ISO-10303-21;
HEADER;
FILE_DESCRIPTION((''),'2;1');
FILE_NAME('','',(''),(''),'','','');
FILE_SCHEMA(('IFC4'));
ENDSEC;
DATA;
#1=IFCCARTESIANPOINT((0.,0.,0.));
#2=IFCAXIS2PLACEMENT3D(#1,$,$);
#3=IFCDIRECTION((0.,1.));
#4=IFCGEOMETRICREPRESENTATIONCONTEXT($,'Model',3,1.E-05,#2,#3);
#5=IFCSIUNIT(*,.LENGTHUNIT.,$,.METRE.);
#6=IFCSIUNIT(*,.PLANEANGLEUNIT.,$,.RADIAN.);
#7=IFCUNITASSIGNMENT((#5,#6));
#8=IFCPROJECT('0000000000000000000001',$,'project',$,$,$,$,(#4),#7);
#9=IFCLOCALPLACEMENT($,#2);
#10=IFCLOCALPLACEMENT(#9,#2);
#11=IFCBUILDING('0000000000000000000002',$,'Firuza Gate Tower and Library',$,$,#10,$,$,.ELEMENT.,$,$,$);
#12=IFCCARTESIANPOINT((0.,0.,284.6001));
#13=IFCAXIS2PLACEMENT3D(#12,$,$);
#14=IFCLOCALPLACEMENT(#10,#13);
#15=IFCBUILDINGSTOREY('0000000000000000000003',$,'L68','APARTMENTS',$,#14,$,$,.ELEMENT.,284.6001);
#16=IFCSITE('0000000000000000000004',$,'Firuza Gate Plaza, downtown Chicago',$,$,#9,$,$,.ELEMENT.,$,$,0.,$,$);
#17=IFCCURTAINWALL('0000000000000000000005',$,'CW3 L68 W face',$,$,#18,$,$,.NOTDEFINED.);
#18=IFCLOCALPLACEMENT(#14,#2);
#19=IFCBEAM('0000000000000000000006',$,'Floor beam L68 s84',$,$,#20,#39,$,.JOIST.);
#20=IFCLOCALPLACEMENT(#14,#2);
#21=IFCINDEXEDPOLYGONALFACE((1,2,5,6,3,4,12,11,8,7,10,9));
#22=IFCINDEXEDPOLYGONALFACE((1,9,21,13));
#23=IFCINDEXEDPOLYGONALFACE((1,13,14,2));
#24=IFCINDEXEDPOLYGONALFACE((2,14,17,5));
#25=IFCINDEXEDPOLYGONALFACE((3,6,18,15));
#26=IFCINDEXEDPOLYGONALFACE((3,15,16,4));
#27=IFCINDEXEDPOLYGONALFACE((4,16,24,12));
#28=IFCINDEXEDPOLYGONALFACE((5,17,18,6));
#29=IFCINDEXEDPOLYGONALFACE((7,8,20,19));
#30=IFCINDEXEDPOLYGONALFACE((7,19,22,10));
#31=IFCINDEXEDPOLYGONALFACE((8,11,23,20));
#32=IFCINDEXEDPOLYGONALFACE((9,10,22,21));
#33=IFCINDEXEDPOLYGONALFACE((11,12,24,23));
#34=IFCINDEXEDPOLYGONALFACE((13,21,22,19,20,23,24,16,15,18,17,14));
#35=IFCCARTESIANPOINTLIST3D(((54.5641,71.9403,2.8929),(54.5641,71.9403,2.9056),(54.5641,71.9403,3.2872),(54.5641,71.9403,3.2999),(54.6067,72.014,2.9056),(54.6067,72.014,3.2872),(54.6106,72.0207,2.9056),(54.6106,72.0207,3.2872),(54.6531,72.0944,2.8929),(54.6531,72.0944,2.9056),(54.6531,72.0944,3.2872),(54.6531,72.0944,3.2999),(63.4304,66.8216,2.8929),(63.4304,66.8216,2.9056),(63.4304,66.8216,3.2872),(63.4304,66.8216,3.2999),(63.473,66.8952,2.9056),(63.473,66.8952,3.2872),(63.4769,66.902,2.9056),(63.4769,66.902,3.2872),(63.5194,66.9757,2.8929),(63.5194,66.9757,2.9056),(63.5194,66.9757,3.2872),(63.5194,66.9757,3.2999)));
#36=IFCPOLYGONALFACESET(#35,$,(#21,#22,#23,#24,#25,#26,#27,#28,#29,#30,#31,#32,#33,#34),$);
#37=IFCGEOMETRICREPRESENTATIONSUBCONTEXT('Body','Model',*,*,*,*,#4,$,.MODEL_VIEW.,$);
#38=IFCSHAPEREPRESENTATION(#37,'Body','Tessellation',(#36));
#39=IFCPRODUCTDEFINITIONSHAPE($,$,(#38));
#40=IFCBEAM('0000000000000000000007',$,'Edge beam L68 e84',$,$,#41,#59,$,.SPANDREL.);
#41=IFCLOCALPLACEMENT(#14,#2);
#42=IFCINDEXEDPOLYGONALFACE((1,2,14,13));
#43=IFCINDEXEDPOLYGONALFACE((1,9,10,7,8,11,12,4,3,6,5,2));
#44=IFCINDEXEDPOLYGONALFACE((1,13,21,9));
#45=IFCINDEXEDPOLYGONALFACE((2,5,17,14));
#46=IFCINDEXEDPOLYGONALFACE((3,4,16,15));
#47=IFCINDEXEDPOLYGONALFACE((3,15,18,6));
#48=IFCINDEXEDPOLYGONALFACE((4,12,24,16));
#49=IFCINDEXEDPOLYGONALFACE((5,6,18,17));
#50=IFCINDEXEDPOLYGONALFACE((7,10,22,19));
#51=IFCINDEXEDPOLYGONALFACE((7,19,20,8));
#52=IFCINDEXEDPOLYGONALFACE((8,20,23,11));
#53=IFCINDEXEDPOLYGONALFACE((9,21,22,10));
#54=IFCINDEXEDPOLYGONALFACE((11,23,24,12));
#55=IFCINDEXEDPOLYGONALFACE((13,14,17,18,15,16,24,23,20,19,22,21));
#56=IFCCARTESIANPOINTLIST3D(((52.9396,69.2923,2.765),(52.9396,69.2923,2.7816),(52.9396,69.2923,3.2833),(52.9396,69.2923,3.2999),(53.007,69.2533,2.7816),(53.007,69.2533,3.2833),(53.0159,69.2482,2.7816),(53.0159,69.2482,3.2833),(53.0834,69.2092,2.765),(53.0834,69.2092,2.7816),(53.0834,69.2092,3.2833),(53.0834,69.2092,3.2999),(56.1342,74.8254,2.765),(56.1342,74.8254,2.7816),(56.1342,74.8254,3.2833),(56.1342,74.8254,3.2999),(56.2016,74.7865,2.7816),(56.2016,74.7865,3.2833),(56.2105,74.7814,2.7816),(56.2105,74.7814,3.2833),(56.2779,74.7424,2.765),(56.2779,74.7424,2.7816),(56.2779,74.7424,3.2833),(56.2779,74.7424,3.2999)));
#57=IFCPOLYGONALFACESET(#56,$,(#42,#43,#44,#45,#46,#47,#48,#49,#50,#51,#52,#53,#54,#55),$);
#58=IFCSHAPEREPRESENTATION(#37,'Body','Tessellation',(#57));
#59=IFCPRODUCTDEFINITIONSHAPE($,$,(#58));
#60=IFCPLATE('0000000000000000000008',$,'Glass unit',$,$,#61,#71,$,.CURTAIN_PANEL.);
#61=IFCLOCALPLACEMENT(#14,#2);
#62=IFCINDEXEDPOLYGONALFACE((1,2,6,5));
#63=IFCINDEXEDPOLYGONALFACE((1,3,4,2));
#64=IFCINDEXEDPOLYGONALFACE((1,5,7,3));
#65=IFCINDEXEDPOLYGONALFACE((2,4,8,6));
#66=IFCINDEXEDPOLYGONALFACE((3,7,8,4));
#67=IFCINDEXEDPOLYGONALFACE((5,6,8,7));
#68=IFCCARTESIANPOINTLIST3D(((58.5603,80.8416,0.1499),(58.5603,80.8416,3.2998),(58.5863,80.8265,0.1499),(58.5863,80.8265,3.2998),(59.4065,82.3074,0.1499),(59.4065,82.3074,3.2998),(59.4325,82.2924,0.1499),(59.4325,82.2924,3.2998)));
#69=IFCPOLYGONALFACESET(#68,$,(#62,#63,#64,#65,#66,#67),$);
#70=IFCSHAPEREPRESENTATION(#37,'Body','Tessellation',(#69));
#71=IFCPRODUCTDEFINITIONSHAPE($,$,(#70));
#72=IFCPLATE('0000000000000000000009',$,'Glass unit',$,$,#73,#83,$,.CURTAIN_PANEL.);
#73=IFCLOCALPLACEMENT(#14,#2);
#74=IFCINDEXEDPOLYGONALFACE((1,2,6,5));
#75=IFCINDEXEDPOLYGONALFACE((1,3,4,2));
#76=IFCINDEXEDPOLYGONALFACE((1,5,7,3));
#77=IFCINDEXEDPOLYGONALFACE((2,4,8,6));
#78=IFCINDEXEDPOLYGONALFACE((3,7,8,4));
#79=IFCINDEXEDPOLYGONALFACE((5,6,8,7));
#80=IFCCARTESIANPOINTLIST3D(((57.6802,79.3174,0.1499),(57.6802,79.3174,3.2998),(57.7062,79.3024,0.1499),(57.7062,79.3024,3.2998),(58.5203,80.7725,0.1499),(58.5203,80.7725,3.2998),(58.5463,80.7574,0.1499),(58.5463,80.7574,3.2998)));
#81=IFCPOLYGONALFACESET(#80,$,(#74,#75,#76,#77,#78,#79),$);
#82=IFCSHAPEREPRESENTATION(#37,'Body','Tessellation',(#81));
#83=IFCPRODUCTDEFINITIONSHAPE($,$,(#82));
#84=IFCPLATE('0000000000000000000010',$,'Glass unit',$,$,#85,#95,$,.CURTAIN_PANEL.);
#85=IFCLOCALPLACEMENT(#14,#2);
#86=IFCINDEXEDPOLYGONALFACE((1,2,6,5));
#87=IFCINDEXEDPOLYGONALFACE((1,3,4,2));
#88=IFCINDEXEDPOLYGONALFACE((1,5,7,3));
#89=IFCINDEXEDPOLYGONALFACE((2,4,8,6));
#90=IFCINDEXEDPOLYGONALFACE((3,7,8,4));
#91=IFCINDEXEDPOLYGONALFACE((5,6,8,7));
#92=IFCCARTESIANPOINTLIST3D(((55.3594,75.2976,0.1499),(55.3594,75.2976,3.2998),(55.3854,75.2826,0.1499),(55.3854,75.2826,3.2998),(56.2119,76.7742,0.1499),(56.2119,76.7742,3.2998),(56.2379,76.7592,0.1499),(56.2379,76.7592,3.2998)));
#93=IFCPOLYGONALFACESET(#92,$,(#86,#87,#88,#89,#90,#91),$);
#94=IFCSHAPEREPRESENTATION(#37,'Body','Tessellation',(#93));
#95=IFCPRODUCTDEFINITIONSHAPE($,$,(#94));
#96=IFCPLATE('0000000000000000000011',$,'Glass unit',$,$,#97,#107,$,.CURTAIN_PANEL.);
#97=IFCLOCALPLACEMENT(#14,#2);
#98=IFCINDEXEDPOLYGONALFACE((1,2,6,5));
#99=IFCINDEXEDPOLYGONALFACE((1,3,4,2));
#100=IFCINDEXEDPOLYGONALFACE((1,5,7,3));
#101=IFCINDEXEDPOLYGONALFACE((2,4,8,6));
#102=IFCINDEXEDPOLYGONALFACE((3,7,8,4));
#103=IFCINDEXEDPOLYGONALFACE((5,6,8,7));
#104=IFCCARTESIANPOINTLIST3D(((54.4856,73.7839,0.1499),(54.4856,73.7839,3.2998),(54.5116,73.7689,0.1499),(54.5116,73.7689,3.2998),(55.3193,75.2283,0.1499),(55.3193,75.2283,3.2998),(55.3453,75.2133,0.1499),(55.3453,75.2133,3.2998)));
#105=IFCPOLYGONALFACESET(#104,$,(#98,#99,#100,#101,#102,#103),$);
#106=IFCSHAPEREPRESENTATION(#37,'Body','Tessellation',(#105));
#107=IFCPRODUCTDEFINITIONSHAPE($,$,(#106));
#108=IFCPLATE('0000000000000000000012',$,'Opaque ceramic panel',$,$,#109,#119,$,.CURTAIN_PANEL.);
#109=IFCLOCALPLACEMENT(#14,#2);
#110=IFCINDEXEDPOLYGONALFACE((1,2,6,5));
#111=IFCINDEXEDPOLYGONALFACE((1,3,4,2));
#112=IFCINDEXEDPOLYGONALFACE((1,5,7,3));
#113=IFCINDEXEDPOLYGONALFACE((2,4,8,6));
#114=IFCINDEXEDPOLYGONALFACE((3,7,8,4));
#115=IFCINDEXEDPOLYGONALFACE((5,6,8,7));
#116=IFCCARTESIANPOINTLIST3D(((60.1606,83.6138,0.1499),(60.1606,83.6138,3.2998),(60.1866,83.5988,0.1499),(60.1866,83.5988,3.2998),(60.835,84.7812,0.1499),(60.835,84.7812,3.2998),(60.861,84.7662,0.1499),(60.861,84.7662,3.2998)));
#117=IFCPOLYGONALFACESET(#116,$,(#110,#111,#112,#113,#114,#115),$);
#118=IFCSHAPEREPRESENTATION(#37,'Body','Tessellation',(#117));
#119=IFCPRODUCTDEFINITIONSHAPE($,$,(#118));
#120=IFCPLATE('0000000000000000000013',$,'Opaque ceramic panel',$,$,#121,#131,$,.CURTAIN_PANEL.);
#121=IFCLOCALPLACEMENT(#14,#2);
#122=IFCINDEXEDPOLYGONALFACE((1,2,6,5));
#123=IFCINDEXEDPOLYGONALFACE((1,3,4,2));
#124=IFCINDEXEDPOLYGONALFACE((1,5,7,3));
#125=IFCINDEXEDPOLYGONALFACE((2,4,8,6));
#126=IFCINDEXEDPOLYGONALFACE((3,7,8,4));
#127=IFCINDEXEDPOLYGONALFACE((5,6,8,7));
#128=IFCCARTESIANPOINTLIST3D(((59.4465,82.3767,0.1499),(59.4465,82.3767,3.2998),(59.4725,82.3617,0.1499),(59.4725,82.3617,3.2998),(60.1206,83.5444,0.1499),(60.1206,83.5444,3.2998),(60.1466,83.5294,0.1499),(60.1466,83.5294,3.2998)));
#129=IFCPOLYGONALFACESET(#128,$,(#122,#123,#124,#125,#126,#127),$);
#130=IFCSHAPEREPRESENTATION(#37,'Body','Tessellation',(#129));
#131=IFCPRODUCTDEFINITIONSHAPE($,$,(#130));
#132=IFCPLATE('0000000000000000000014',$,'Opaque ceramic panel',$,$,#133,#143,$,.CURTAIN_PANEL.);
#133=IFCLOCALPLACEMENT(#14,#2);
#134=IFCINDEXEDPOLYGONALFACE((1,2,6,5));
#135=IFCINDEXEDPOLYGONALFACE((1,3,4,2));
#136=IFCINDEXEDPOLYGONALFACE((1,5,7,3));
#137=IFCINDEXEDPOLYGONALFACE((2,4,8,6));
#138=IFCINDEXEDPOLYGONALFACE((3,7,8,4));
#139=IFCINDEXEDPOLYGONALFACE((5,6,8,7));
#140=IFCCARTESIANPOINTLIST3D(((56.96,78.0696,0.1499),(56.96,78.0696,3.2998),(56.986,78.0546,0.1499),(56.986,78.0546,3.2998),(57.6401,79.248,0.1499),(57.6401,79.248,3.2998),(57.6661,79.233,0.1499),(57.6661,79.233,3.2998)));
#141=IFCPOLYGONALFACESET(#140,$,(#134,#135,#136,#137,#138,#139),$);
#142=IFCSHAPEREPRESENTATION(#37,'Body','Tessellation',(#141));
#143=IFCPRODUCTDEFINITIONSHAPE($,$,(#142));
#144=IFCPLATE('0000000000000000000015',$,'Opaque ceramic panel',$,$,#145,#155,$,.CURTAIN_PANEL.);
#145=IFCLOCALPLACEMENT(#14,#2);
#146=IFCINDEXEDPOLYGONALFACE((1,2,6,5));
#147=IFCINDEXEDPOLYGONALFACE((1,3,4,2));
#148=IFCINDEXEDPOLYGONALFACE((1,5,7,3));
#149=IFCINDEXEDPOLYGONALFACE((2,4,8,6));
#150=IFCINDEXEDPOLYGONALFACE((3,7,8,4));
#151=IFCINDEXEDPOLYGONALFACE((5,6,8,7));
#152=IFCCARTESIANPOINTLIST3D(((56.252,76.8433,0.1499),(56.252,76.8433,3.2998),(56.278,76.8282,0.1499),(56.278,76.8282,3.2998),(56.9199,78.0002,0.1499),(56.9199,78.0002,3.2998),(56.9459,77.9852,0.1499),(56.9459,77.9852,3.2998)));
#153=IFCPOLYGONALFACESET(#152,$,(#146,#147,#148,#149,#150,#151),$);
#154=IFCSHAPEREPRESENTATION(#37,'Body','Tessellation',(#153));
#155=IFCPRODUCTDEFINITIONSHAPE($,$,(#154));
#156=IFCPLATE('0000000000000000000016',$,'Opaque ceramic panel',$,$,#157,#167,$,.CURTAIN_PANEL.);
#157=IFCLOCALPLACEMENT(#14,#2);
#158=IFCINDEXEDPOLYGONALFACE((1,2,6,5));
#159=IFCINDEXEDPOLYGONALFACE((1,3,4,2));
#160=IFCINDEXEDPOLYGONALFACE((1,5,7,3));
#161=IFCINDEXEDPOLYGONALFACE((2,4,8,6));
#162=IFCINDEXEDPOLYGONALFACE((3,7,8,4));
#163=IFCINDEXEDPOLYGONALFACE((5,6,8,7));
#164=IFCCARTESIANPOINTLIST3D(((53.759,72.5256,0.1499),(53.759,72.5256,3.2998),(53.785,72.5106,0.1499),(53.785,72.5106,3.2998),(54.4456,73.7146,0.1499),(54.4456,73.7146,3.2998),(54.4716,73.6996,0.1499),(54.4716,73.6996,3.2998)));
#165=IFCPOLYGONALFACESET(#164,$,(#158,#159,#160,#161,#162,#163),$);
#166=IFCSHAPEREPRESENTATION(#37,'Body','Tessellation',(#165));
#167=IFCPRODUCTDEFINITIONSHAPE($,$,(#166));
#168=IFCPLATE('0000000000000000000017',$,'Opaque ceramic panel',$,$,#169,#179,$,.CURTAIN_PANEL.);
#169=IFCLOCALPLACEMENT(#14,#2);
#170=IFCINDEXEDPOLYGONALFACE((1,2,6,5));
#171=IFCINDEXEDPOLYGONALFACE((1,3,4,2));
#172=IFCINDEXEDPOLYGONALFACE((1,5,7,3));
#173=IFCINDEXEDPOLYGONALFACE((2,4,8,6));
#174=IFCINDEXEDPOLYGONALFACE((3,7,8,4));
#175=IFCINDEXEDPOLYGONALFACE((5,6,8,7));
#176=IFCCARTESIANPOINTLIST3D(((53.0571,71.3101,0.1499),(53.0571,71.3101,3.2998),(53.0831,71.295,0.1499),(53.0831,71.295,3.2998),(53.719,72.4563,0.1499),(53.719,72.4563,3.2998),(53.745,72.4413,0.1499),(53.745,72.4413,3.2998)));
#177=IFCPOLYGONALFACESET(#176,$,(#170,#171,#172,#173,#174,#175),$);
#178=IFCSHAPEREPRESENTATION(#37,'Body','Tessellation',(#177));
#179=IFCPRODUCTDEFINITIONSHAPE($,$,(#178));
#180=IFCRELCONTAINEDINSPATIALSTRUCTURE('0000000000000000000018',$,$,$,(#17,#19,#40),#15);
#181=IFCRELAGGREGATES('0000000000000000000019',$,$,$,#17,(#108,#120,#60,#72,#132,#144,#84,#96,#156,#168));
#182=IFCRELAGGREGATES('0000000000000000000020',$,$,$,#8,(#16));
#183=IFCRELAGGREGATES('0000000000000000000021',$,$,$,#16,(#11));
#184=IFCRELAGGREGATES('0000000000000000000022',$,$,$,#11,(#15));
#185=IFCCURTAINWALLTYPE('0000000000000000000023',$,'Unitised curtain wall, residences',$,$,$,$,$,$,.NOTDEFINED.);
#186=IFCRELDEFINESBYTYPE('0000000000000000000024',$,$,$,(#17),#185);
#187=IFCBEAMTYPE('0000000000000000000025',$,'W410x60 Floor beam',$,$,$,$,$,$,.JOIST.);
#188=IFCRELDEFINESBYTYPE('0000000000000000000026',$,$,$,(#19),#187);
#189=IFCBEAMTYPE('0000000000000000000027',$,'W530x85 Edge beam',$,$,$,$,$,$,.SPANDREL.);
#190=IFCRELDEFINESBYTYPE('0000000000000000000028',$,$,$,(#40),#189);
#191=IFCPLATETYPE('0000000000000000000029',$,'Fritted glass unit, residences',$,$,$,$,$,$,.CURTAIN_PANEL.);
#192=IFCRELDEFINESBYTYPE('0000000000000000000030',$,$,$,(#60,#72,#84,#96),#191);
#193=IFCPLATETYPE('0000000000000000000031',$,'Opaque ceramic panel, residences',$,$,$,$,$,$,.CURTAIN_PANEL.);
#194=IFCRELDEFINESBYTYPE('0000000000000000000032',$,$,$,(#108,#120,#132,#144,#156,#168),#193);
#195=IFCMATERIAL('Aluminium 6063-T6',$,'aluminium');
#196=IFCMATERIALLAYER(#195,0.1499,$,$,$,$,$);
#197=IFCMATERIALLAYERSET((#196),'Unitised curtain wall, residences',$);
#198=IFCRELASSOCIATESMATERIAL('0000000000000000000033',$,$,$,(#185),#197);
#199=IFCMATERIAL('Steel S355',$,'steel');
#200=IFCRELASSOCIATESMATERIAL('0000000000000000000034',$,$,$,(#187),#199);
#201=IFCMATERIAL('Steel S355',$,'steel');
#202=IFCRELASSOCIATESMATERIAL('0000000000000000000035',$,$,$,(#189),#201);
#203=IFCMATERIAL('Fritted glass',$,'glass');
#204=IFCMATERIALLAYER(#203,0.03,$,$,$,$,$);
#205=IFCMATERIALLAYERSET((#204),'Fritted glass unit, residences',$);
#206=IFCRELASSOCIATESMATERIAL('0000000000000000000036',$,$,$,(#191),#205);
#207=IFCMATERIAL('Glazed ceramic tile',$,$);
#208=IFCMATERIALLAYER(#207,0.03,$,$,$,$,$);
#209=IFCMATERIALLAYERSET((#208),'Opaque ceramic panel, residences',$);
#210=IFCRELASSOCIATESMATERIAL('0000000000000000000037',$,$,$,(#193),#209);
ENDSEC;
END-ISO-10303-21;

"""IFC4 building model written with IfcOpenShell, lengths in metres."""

from ifc_helpers import new_model, si_unit, direction, frame, origin, origin_2d, place, context, subcontext, project, spatial, polyline, i_section, outline, extrude, material, layer, layer_set, material_profile, profile_set, type_object, element, aggregate, save


model = new_model("IFC4")

# Units and contexts
model_context = context("Model", 3, precision=1e-05, world=origin(), true_north=direction((0.0, 1.0)))
body_context = subcontext(model_context, "Body", "Model", "MODEL_VIEW")
ifc_project = project(units=[si_unit("LENGTHUNIT", "METRE"), si_unit("PLANEANGLEUNIT", "RADIAN")], contexts=[model_context])

# Site, building, storey
site_placement = place(None, origin())
site = spatial("IfcSite", under=ifc_project, at=site_placement, Name="Firuza Gate Plaza, downtown Chicago", CompositionType="ELEMENT", RefElevation=0.0)
building_placement = place(site_placement, origin())
building = spatial("IfcBuilding", under=site, at=building_placement, Name="Firuza Gate Tower and Library", CompositionType="ELEMENT")
storey_placement = place(building_placement, frame((0.0, 0.0, 284.6001)))
storey = spatial("IfcBuildingStorey", under=building, at=storey_placement, Name="L68", Description="APARTMENTS", CompositionType="ELEMENT", Elevation=284.6001)

# Curtain wall
ifc_material_1 = material(Name="Aluminium 6063-T6", Category="aluminium")
ifc_layer_1 = layer(ifc_material_1, 0.1499)
ifc_layer_set_1 = layer_set([ifc_layer_1], Name="Unitised curtain wall, residences")
curtain_wall_type = type_object("IfcCurtainWallType", Name="Unitised curtain wall, residences", PredefinedType="NOTDEFINED", material=ifc_layer_set_1)
curtain_wall_placement = place(storey_placement, origin())
curtain_wall = element("IfcCurtainWall", 1, at=curtain_wall_placement, inside=storey, type_object=curtain_wall_type, Name="CW3 L68 W face", PredefinedType="NOTDEFINED")

# Beams
ifc_material_2 = material(Name="Steel S355", Category="steel")
ifc_material_profile_1 = material_profile(ifc_material_2, i_section(OverallWidth=0.178, OverallDepth=0.407, WebThickness=0.0078, FlangeThickness=0.0127, at=origin_2d()))
ifc_profile_set_1 = profile_set([ifc_material_profile_1], Name="Steel S355")
beam_type_1 = type_object("IfcBeamType", Name="W410x60 Floor beam", PredefinedType="JOIST", material=ifc_profile_set_1)
beam_1_placement = place(storey_placement, frame((54.6086, 72.0173, 3.0964), z_axis=(0.866036, -0.499981, 0.0), x_axis=(0.499981, 0.866036, 0.0)))
element("IfcBeam", 2, at=beam_1_placement, inside=storey, type_object=beam_type_1, Name="Floor beam L68 s84", PredefinedType="JOIST", context=body_context, shape_type="SweptSolid", body=[
    extrude(i_section(OverallWidth=0.178, OverallDepth=0.407, WebThickness=0.0078, FlangeThickness=0.0127, at=origin_2d()), origin(), (0.0, 0.0, 1.0), 10.2378),
])
ifc_material_3 = material(Name="Steel S355", Category="steel")
ifc_material_profile_2 = material_profile(ifc_material_3, i_section(OverallWidth=0.166, OverallDepth=0.5349, WebThickness=0.0103, FlangeThickness=0.0166, at=origin_2d()))
ifc_profile_set_2 = profile_set([ifc_material_profile_2], Name="Steel S355")
beam_type_2 = type_object("IfcBeamType", Name="W530x85 Edge beam", PredefinedType="SPANDREL", material=ifc_profile_set_2)
beam_2_placement = place(storey_placement, frame((56.2061, 74.7839, 3.0325), z_axis=(-0.499998, -0.866027, 0.0), x_axis=(0.866027, -0.499998, 0.0)))
element("IfcBeam", 3, at=beam_2_placement, inside=storey, type_object=beam_type_2, Name="Edge beam L68 e84", PredefinedType="SPANDREL", context=body_context, shape_type="SweptSolid", body=[
    extrude(i_section(OverallWidth=0.166, OverallDepth=0.5349, WebThickness=0.0103, FlangeThickness=0.0166, at=origin_2d()), origin(), (0.0, 0.0, 1.0), 6.3892),
])

# Plates
ifc_material_4 = material(Name="Fritted glass", Category="glass")
ifc_layer_2 = layer(ifc_material_4, 0.03)
ifc_layer_set_2 = layer_set([ifc_layer_2], Name="Fritted glass unit, residences")
plate_type_1 = type_object("IfcPlateType", Name="Fritted glass unit, residences", PredefinedType="CURTAIN_PANEL", material=ifc_layer_set_2)
plate_1_placement = place(storey_placement, frame((59.4065, 82.3074, 0.1499), z_axis=(-0.866051, 0.499956, 0.0), x_axis=(-0.499956, -0.866051, 0.0)))
plate_1 = element("IfcPlate", 4, at=plate_1_placement, type_object=plate_type_1, Name="Glass unit", PredefinedType="CURTAIN_PANEL", context=body_context, shape_type="SweptSolid", body=[
    extrude(outline(polyline([(0.0, 0.0), (1.6925, 0.0), (1.6925, 3.1499), (0.0, 3.1499), (0.0, 0.0)])), origin(), (0.0, 0.0, -1.0), 0.03),
])
plate_2_placement = place(storey_placement, frame((58.5203, 80.7725, 0.1499), z_axis=(-0.866026, 0.499999, 0.0), x_axis=(-0.499999, -0.866026, 0.0)))
plate_2 = element("IfcPlate", 5, at=plate_2_placement, type_object=plate_type_1, Name="Glass unit", PredefinedType="CURTAIN_PANEL", context=body_context, shape_type="SweptSolid", body=[
    extrude(outline(polyline([(0.0, 0.0), (1.6802, 0.0), (1.6802, 3.1499), (0.0, 3.1499), (0.0, 0.0)])), origin(), (0.0, 0.0, -1.0), 0.03),
])
plate_3_placement = place(storey_placement, frame((56.2119, 76.7742, 0.1499), z_axis=(-0.866014, 0.50002, 0.0), x_axis=(-0.50002, -0.866014, 0.0)))
plate_3 = element("IfcPlate", 6, at=plate_3_placement, type_object=plate_type_1, Name="Glass unit", PredefinedType="CURTAIN_PANEL", context=body_context, shape_type="SweptSolid", body=[
    extrude(outline(polyline([(0.0, 0.0), (1.705, 0.0), (1.705, 3.1499), (0.0, 3.1499), (0.0, 0.0)])), origin(), (0.0, 0.0, -1.0), 0.03),
])
plate_4_placement = place(storey_placement, frame((55.3193, 75.2283, 0.1499), z_axis=(-0.866064, 0.499934, 0.0), x_axis=(-0.499934, -0.866064, 0.0)))
plate_4 = element("IfcPlate", 7, at=plate_4_placement, type_object=plate_type_1, Name="Glass unit", PredefinedType="CURTAIN_PANEL", context=body_context, shape_type="SweptSolid", body=[
    extrude(outline(polyline([(0.0, 0.0), (1.6677, 0.0), (1.6677, 3.1499), (0.0, 3.1499), (0.0, 0.0)])), origin(), (0.0, 0.0, -1.0), 0.03),
])
ifc_material_5 = material(Name="Glazed ceramic tile")
ifc_layer_3 = layer(ifc_material_5, 0.03)
ifc_layer_set_3 = layer_set([ifc_layer_3], Name="Opaque ceramic panel, residences")
plate_type_2 = type_object("IfcPlateType", Name="Opaque ceramic panel, residences", PredefinedType="CURTAIN_PANEL", material=ifc_layer_set_3)
plate_5_placement = place(storey_placement, frame((60.835, 84.7812, 0.1499), z_axis=(-0.865938, 0.500151, 0.0), x_axis=(-0.500151, -0.865938, 0.0)))
plate_5 = element("IfcPlate", 8, at=plate_5_placement, type_object=plate_type_2, Name="Opaque ceramic panel", PredefinedType="CURTAIN_PANEL", context=body_context, shape_type="SweptSolid", body=[
    extrude(outline(polyline([(0.0, 0.0), (1.3482, 0.0), (1.3482, 3.1499), (0.0, 3.1499), (0.0, 0.0)])), origin(), (0.0, 0.0, -1.0), 0.03),
])
plate_6_placement = place(storey_placement, frame((60.1206, 83.5444, 0.1499), z_axis=(-0.866062, 0.499937, 0.0), x_axis=(-0.499937, -0.866062, 0.0)))
plate_6 = element("IfcPlate", 9, at=plate_6_placement, type_object=plate_type_2, Name="Opaque ceramic panel", PredefinedType="CURTAIN_PANEL", context=body_context, shape_type="SweptSolid", body=[
    extrude(outline(polyline([(0.0, 0.0), (1.3483, 0.0), (1.3483, 3.1499), (0.0, 3.1499), (0.0, 0.0)])), origin(), (0.0, 0.0, -1.0), 0.03),
])
plate_7_placement = place(storey_placement, frame((57.6401, 79.248, 0.1499), z_axis=(-0.866093, 0.499883, 0.0), x_axis=(-0.499883, -0.866093, 0.0)))
plate_7 = element("IfcPlate", 10, at=plate_7_placement, type_object=plate_type_2, Name="Opaque ceramic panel", PredefinedType="CURTAIN_PANEL", context=body_context, shape_type="SweptSolid", body=[
    extrude(outline(polyline([(0.0, 0.0), (1.3607, 0.0), (1.3607, 3.1499), (0.0, 3.1499), (0.0, 0.0)])), origin(), (0.0, 0.0, -1.0), 0.03),
])
plate_8_placement = place(storey_placement, frame((56.9199, 78.0002, 0.1499), z_axis=(-0.86603, 0.499991, 0.0), x_axis=(-0.499991, -0.86603, 0.0)))
plate_8 = element("IfcPlate", 11, at=plate_8_placement, type_object=plate_type_2, Name="Opaque ceramic panel", PredefinedType="CURTAIN_PANEL", context=body_context, shape_type="SweptSolid", body=[
    extrude(outline(polyline([(0.0, 0.0), (1.336, 0.0), (1.336, 3.1499), (0.0, 3.1499), (0.0, 0.0)])), origin(), (0.0, 0.0, -1.0), 0.03),
])
plate_9_placement = place(storey_placement, frame((54.4456, 73.7146, 0.1499), z_axis=(-0.866002, 0.500041, 0.0), x_axis=(-0.500041, -0.866002, 0.0)))
plate_9 = element("IfcPlate", 12, at=plate_9_placement, type_object=plate_type_2, Name="Opaque ceramic panel", PredefinedType="CURTAIN_PANEL", context=body_context, shape_type="SweptSolid", body=[
    extrude(outline(polyline([(0.0, 0.0), (1.3729, 0.0), (1.3729, 3.1499), (0.0, 3.1499), (0.0, 0.0)])), origin(), (0.0, 0.0, -1.0), 0.03),
])
plate_10_placement = place(storey_placement, frame((53.719, 72.4563, 0.1499), z_axis=(-0.865998, 0.500047, 0.0), x_axis=(-0.500047, -0.865998, 0.0)))
plate_10 = element("IfcPlate", 13, at=plate_10_placement, type_object=plate_type_2, Name="Opaque ceramic panel", PredefinedType="CURTAIN_PANEL", context=body_context, shape_type="SweptSolid", body=[
    extrude(outline(polyline([(0.0, 0.0), (1.3236, 0.0), (1.3236, 3.1499), (0.0, 3.1499), (0.0, 0.0)])), origin(), (0.0, 0.0, -1.0), 0.03),
])
aggregate(curtain_wall, [plate_5, plate_6, plate_1, plate_2, plate_7, plate_8, plate_3, plate_4, plate_9, plate_10])

save(model, "model.ifc")
